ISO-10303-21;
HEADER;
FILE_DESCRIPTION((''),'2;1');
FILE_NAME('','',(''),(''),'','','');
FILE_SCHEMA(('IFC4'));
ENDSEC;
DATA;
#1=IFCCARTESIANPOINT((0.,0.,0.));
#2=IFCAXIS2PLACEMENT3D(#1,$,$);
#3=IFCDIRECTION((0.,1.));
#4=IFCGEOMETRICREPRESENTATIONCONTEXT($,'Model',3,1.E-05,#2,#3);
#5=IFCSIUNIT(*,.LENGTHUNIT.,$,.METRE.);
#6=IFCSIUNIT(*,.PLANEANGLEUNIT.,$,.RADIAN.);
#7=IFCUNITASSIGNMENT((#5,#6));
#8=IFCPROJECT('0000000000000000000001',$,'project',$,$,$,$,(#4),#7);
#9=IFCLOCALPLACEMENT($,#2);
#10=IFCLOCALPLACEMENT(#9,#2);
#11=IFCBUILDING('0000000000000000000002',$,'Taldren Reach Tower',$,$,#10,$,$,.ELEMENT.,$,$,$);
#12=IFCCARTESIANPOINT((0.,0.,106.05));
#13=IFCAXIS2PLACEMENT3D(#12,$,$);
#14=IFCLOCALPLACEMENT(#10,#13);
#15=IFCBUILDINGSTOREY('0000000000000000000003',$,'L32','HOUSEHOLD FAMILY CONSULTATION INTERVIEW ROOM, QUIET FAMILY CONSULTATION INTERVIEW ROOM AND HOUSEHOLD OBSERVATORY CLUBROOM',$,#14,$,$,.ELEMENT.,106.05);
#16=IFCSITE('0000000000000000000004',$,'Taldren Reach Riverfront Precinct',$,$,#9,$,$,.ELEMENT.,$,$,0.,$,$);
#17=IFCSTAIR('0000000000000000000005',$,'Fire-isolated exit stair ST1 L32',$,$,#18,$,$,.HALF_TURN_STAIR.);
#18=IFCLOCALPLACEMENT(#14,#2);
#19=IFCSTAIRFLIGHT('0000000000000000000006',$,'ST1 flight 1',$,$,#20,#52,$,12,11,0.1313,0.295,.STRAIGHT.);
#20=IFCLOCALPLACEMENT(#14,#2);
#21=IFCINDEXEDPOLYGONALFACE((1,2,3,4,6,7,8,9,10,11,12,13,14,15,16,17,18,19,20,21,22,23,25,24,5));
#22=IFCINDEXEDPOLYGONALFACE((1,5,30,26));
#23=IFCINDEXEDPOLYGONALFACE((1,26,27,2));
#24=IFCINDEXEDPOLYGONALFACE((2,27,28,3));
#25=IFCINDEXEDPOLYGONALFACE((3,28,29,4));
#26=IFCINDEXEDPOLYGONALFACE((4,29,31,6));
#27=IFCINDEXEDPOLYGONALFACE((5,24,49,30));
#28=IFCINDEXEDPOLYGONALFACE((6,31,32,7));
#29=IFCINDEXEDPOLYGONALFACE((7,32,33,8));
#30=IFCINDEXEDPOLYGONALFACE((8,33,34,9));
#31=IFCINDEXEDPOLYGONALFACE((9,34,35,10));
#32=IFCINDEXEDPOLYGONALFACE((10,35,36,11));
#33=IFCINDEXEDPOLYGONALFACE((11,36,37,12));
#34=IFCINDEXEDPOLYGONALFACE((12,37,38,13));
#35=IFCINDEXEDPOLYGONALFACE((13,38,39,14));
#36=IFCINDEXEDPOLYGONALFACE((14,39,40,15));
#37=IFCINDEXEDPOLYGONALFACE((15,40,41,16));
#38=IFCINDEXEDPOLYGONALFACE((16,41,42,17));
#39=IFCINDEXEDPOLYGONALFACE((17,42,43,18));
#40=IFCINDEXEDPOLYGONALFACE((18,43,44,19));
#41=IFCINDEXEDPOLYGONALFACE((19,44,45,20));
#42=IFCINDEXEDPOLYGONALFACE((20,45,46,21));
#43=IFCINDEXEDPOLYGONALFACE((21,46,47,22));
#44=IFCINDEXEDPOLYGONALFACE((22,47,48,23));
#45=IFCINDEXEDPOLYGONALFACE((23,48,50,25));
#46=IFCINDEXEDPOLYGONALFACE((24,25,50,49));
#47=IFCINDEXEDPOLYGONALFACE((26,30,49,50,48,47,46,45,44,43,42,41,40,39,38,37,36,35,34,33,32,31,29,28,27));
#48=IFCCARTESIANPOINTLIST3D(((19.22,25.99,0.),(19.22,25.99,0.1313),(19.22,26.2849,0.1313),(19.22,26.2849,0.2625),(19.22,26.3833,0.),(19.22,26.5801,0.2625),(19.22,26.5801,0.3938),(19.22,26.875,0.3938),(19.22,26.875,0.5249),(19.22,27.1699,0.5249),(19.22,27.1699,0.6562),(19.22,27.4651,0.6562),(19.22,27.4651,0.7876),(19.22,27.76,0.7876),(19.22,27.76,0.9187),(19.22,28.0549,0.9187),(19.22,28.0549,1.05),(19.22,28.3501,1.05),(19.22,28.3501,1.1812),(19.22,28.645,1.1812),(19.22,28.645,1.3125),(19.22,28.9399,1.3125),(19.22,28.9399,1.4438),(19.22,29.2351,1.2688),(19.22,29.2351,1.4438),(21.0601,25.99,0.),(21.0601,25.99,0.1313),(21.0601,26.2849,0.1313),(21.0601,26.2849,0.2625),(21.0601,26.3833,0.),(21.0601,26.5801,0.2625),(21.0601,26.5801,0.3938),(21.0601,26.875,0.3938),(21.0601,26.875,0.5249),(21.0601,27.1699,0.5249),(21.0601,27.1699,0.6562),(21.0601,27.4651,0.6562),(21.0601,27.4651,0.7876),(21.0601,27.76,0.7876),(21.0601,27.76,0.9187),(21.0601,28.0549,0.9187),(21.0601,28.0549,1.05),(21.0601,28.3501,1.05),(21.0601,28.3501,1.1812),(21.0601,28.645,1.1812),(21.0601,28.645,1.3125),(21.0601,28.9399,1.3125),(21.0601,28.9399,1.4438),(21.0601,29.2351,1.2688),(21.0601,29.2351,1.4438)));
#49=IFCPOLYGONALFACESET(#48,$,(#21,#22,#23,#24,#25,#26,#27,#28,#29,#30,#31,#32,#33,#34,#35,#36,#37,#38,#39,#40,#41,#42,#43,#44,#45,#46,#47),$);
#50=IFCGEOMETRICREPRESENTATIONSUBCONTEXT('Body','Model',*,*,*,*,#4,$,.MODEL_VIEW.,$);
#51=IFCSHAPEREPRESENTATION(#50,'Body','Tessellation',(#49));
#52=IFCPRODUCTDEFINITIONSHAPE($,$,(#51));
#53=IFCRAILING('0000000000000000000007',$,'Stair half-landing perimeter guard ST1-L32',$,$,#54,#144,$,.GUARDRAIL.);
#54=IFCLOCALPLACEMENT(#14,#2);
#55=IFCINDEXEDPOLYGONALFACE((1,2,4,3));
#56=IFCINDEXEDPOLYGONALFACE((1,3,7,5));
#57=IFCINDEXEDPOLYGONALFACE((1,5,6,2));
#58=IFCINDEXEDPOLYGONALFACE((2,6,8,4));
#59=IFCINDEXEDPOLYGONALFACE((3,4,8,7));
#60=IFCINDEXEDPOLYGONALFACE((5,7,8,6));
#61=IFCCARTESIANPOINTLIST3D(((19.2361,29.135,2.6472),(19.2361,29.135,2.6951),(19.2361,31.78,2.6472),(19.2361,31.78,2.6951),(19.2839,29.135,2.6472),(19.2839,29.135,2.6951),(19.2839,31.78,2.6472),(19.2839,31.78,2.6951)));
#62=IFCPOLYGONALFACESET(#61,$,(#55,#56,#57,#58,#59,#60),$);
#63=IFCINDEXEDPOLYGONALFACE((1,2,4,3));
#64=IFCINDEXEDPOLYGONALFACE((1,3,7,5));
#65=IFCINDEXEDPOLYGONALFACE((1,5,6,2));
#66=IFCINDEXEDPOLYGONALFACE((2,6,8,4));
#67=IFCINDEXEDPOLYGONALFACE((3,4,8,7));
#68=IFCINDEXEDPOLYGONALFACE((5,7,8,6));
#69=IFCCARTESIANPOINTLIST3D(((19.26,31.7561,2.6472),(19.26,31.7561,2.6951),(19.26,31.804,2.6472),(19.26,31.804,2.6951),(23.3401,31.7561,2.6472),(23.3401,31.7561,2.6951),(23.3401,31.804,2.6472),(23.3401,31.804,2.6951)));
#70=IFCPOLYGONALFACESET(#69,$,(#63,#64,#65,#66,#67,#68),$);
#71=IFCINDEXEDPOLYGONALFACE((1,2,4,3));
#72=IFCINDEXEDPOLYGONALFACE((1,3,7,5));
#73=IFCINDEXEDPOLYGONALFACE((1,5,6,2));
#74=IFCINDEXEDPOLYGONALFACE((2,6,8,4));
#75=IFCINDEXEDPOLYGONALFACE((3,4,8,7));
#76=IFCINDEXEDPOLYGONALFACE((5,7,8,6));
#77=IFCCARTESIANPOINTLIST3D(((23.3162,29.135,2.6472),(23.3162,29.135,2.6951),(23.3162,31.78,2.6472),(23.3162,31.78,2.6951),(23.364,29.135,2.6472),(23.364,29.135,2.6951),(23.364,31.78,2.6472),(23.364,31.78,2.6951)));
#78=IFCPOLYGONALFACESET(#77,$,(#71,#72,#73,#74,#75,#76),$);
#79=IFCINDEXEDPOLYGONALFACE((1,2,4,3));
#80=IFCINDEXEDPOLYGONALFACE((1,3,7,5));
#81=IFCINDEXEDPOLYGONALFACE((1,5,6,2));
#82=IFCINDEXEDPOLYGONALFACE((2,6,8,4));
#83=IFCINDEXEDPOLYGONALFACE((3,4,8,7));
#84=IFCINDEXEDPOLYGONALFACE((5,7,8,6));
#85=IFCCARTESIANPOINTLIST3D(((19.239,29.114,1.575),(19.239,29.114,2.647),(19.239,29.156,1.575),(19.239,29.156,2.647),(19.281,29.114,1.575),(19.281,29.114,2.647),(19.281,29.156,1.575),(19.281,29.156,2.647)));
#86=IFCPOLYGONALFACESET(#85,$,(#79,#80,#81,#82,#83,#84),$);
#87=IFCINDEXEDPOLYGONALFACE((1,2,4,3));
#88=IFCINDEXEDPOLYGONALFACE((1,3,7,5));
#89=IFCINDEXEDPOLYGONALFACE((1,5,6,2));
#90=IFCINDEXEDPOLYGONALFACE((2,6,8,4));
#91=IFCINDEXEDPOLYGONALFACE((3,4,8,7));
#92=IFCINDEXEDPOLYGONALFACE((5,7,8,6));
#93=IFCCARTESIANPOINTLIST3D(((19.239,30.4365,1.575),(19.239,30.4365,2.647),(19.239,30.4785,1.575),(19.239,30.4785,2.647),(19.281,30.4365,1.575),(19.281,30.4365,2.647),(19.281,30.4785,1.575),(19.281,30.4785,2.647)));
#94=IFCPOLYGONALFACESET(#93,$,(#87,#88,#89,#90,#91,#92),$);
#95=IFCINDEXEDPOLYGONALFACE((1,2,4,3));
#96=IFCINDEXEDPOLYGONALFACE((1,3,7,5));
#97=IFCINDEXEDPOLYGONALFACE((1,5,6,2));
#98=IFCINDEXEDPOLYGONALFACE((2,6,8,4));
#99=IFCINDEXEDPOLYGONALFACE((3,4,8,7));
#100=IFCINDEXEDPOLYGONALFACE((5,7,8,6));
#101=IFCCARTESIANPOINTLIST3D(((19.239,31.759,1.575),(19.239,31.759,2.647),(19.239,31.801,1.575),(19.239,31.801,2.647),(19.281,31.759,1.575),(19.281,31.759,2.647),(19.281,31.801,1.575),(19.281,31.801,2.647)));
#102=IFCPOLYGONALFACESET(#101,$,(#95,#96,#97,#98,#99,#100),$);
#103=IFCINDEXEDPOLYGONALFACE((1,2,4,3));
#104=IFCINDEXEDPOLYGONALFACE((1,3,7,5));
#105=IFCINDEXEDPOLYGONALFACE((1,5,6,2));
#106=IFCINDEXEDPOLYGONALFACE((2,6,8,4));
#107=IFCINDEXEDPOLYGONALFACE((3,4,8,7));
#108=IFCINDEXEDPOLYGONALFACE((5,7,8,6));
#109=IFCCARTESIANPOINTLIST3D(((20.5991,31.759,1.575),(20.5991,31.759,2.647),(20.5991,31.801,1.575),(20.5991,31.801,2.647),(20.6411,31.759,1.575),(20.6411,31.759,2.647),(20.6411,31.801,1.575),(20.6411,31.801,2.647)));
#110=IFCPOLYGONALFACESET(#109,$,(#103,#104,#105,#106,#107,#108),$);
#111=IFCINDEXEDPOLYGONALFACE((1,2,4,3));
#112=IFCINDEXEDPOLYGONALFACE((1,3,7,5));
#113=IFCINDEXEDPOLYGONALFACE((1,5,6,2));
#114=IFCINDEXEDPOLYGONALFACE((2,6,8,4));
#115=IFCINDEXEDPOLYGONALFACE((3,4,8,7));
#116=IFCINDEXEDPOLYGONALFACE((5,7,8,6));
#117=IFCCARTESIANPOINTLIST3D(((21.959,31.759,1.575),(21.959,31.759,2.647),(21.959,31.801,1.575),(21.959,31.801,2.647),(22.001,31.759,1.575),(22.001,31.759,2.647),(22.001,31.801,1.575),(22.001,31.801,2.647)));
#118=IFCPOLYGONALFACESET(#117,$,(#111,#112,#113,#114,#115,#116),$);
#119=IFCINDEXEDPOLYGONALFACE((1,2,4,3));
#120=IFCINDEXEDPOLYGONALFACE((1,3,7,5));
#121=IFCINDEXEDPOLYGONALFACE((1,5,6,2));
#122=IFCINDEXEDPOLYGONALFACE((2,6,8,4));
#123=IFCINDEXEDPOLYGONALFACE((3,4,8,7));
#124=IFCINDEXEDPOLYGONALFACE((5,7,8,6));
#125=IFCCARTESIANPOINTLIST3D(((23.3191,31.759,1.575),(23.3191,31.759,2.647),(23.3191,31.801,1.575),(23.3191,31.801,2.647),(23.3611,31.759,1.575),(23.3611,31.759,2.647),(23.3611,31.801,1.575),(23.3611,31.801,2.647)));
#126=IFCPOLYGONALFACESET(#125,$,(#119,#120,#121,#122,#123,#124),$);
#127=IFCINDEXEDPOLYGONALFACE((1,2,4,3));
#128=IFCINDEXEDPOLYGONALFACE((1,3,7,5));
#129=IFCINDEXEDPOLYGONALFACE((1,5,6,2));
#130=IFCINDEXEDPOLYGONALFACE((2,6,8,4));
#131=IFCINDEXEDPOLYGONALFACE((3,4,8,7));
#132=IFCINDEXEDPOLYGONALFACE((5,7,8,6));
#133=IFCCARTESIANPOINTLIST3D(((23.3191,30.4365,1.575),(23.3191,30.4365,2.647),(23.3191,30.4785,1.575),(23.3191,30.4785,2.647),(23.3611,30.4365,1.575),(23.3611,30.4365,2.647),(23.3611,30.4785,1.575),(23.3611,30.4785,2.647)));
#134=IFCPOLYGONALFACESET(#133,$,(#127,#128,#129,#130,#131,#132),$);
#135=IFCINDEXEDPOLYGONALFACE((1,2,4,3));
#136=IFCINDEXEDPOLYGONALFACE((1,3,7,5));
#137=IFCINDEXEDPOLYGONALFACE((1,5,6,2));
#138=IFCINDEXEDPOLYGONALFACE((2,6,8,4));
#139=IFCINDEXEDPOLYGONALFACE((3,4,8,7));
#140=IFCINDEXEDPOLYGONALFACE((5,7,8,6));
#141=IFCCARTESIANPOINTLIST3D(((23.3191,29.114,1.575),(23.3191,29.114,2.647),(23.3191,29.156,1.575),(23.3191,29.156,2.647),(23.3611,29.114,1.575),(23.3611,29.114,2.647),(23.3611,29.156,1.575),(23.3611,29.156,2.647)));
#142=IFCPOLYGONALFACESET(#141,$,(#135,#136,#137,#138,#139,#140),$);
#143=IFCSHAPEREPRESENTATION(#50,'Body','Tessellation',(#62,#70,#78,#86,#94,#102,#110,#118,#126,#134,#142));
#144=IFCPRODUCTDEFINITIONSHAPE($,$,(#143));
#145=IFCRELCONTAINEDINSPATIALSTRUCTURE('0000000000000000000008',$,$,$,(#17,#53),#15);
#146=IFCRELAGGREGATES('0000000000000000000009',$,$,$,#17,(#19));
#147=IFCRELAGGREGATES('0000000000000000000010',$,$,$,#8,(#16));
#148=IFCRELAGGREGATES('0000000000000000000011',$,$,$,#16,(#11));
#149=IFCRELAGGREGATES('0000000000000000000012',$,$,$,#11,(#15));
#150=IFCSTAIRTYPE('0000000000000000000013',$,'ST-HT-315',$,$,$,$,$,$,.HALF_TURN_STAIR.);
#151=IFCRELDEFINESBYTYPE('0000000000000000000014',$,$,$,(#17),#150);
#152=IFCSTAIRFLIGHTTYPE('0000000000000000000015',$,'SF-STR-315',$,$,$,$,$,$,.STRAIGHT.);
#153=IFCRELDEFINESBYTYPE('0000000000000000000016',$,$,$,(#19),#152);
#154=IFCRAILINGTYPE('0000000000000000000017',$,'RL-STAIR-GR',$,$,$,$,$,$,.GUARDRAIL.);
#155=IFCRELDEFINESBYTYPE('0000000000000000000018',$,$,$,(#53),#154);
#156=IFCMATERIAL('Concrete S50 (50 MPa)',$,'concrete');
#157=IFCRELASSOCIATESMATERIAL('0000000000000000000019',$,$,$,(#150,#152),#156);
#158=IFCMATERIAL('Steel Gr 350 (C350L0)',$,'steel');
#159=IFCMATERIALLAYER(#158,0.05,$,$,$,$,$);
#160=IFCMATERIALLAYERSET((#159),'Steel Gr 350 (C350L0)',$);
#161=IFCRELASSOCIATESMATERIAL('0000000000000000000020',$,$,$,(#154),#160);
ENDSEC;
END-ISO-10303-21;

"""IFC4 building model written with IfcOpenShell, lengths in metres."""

from ifc_helpers import new_model, si_unit, direction, frame, origin, origin_2d, place, context, subcontext, project, spatial, polyline, rectangle, outline, extrude, material, layer, layer_set, type_object, element, aggregate, save


model = new_model("IFC4")

# Units and contexts
model_context = context("Model", 3, precision=1e-05, world=origin(), true_north=direction((0.0, 1.0)))
body_context = subcontext(model_context, "Body", "Model", "MODEL_VIEW")
ifc_project = project(units=[si_unit("LENGTHUNIT", "METRE"), si_unit("PLANEANGLEUNIT", "RADIAN")], contexts=[model_context])

# Site, building, storey
site_placement = place(None, origin())
site = spatial("IfcSite", under=ifc_project, at=site_placement, Name="Taldren Reach Riverfront Precinct", CompositionType="ELEMENT", RefElevation=0.0)
building_placement = place(site_placement, origin())
building = spatial("IfcBuilding", under=site, at=building_placement, Name="Taldren Reach Tower", CompositionType="ELEMENT")
storey_placement = place(building_placement, frame((0.0, 0.0, 106.05)))
storey = spatial("IfcBuildingStorey", under=building, at=storey_placement, Name="L32", Description="HOUSEHOLD FAMILY CONSULTATION INTERVIEW ROOM, QUIET FAMILY CONSULTATION INTERVIEW ROOM AND HOUSEHOLD OBSERVATORY CLUBROOM", CompositionType="ELEMENT", Elevation=106.05)

# Shared definitions
ifc_material_1 = material(Name="Steel Gr 350 (C350L0)", Category="steel")

# Stair, stair flight
ifc_material_2 = material(Name="Concrete S50 (50 MPa)", Category="concrete")
stair_type = type_object("IfcStairType", Name="ST-HT-315", PredefinedType="HALF_TURN_STAIR", material=ifc_material_2)
stair_placement = place(storey_placement, origin())
stair = element("IfcStair", 1, at=stair_placement, inside=storey, type_object=stair_type, Name="Fire-isolated exit stair ST1 L32", PredefinedType="HALF_TURN_STAIR")
stair_flight_type = type_object("IfcStairFlightType", Name="SF-STR-315", PredefinedType="STRAIGHT", material=ifc_material_2)
stair_flight_placement = place(storey_placement, frame((20.1399, 25.99, 0.0), z_axis=(0.0, 0.0, 1.0), x_axis=(0.0, 1.0, 0.0)))
stair_flight = element("IfcStairFlight", 2, at=stair_flight_placement, type_object=stair_flight_type, Name="ST1 flight 1", NumberOfRisers=12, NumberOfTreads=11, PredefinedType="STRAIGHT", RiserHeight=0.1313, TreadLength=0.295, context=body_context, shape_type="SweptSolid", body=[
    extrude(outline(polyline([(0.0, 0.0), (0.0, 0.1313), (0.2949, 0.1313), (0.2949, 0.2625), (0.5901, 0.2625), (0.5901, 0.3938), (0.885, 0.3938), (0.885, 0.5249), (1.1799, 0.5249), (1.1799, 0.6562), (1.4751, 0.6562), (1.4751, 0.7876), (1.77, 0.7876), (1.77, 0.9187), (2.0649, 0.9187), (2.0649, 1.05), (2.3601, 1.05), (2.3601, 1.1812), (2.655, 1.1812), (2.655, 1.3125), (2.95, 1.3125), (2.95, 1.4438), (3.2451, 1.4438), (3.2451, 1.575), (3.2451, 1.2688), (0.3933, 0.0), (0.0, 0.0)])), frame((0.0, 0.9199, 0.0), z_axis=(0.0, -1.0, 0.0), x_axis=(1.0, 0.0, 0.0)), (0.0, 0.0, 1.0), 1.8401),
])
aggregate(stair, [stair_flight])

# Railing
ifc_layer_1 = layer(ifc_material_1, 0.05)
ifc_layer_set_1 = layer_set([ifc_layer_1], Name="Steel Gr 350 (C350L0)")
railing_type_1 = type_object("IfcRailingType", Name="RL-STAIR-GR", PredefinedType="GUARDRAIL", material=ifc_layer_set_1)
railing_1_placement = place(storey_placement, frame((19.26, 29.135, 1.575)))
element("IfcRailing", 3, at=railing_1_placement, inside=storey, type_object=railing_type_1, Name="Stair half-landing perimeter guard ST1-L32", PredefinedType="GUARDRAIL", context=body_context, shape_type="SweptSolid", body=[
    extrude(rectangle(XDim=0.0479, YDim=0.0479, at=origin_2d()), frame((0.0, 0.0, 1.0962), z_axis=(0.0, 1.0, 0.0), x_axis=(-1.0, 0.0, 0.0)), (0.0, 0.0, 1.0), 2.645),
    extrude(rectangle(XDim=0.0479, YDim=0.0479, at=origin_2d()), frame((0.0, 2.645, 1.0962), z_axis=(1.0, 0.0, 0.0), x_axis=(0.0, 1.0, 0.0)), (0.0, 0.0, 1.0), 4.0801),
    extrude(rectangle(XDim=0.0479, YDim=0.0479, at=origin_2d()), frame((4.0801, 2.645, 1.0962), z_axis=(0.0, -1.0, 0.0), x_axis=(1.0, 0.0, 0.0)), (0.0, 0.0, 1.0), 2.645),
    extrude(rectangle(XDim=0.042, YDim=0.042, at=origin_2d()), origin(), (0.0, 0.0, 1.0), 1.072),
    extrude(rectangle(XDim=0.042, YDim=0.042, at=origin_2d()), frame((0.0, 1.3225, 0.0)), (0.0, 0.0, 1.0), 1.072),
    extrude(rectangle(XDim=0.042, YDim=0.042, at=origin_2d()), frame((0.0, 2.645, 0.0)), (0.0, 0.0, 1.0), 1.072),
    extrude(rectangle(XDim=0.042, YDim=0.042, at=origin_2d()), frame((1.3601, 2.645, 0.0)), (0.0, 0.0, 1.0), 1.072),
    extrude(rectangle(XDim=0.042, YDim=0.042, at=origin_2d()), frame((2.72, 2.645, 0.0)), (0.0, 0.0, 1.0), 1.072),
    extrude(rectangle(XDim=0.042, YDim=0.042, at=origin_2d()), frame((4.0801, 2.645, 0.0)), (0.0, 0.0, 1.0), 1.072),
    extrude(rectangle(XDim=0.042, YDim=0.042, at=origin_2d()), frame((4.0801, 1.3225, 0.0)), (0.0, 0.0, 1.0), 1.072),
    extrude(rectangle(XDim=0.042, YDim=0.042, at=origin_2d()), frame((4.0801, 0.0, 0.0)), (0.0, 0.0, 1.0), 1.072),
])

save(model, "model.ifc")
